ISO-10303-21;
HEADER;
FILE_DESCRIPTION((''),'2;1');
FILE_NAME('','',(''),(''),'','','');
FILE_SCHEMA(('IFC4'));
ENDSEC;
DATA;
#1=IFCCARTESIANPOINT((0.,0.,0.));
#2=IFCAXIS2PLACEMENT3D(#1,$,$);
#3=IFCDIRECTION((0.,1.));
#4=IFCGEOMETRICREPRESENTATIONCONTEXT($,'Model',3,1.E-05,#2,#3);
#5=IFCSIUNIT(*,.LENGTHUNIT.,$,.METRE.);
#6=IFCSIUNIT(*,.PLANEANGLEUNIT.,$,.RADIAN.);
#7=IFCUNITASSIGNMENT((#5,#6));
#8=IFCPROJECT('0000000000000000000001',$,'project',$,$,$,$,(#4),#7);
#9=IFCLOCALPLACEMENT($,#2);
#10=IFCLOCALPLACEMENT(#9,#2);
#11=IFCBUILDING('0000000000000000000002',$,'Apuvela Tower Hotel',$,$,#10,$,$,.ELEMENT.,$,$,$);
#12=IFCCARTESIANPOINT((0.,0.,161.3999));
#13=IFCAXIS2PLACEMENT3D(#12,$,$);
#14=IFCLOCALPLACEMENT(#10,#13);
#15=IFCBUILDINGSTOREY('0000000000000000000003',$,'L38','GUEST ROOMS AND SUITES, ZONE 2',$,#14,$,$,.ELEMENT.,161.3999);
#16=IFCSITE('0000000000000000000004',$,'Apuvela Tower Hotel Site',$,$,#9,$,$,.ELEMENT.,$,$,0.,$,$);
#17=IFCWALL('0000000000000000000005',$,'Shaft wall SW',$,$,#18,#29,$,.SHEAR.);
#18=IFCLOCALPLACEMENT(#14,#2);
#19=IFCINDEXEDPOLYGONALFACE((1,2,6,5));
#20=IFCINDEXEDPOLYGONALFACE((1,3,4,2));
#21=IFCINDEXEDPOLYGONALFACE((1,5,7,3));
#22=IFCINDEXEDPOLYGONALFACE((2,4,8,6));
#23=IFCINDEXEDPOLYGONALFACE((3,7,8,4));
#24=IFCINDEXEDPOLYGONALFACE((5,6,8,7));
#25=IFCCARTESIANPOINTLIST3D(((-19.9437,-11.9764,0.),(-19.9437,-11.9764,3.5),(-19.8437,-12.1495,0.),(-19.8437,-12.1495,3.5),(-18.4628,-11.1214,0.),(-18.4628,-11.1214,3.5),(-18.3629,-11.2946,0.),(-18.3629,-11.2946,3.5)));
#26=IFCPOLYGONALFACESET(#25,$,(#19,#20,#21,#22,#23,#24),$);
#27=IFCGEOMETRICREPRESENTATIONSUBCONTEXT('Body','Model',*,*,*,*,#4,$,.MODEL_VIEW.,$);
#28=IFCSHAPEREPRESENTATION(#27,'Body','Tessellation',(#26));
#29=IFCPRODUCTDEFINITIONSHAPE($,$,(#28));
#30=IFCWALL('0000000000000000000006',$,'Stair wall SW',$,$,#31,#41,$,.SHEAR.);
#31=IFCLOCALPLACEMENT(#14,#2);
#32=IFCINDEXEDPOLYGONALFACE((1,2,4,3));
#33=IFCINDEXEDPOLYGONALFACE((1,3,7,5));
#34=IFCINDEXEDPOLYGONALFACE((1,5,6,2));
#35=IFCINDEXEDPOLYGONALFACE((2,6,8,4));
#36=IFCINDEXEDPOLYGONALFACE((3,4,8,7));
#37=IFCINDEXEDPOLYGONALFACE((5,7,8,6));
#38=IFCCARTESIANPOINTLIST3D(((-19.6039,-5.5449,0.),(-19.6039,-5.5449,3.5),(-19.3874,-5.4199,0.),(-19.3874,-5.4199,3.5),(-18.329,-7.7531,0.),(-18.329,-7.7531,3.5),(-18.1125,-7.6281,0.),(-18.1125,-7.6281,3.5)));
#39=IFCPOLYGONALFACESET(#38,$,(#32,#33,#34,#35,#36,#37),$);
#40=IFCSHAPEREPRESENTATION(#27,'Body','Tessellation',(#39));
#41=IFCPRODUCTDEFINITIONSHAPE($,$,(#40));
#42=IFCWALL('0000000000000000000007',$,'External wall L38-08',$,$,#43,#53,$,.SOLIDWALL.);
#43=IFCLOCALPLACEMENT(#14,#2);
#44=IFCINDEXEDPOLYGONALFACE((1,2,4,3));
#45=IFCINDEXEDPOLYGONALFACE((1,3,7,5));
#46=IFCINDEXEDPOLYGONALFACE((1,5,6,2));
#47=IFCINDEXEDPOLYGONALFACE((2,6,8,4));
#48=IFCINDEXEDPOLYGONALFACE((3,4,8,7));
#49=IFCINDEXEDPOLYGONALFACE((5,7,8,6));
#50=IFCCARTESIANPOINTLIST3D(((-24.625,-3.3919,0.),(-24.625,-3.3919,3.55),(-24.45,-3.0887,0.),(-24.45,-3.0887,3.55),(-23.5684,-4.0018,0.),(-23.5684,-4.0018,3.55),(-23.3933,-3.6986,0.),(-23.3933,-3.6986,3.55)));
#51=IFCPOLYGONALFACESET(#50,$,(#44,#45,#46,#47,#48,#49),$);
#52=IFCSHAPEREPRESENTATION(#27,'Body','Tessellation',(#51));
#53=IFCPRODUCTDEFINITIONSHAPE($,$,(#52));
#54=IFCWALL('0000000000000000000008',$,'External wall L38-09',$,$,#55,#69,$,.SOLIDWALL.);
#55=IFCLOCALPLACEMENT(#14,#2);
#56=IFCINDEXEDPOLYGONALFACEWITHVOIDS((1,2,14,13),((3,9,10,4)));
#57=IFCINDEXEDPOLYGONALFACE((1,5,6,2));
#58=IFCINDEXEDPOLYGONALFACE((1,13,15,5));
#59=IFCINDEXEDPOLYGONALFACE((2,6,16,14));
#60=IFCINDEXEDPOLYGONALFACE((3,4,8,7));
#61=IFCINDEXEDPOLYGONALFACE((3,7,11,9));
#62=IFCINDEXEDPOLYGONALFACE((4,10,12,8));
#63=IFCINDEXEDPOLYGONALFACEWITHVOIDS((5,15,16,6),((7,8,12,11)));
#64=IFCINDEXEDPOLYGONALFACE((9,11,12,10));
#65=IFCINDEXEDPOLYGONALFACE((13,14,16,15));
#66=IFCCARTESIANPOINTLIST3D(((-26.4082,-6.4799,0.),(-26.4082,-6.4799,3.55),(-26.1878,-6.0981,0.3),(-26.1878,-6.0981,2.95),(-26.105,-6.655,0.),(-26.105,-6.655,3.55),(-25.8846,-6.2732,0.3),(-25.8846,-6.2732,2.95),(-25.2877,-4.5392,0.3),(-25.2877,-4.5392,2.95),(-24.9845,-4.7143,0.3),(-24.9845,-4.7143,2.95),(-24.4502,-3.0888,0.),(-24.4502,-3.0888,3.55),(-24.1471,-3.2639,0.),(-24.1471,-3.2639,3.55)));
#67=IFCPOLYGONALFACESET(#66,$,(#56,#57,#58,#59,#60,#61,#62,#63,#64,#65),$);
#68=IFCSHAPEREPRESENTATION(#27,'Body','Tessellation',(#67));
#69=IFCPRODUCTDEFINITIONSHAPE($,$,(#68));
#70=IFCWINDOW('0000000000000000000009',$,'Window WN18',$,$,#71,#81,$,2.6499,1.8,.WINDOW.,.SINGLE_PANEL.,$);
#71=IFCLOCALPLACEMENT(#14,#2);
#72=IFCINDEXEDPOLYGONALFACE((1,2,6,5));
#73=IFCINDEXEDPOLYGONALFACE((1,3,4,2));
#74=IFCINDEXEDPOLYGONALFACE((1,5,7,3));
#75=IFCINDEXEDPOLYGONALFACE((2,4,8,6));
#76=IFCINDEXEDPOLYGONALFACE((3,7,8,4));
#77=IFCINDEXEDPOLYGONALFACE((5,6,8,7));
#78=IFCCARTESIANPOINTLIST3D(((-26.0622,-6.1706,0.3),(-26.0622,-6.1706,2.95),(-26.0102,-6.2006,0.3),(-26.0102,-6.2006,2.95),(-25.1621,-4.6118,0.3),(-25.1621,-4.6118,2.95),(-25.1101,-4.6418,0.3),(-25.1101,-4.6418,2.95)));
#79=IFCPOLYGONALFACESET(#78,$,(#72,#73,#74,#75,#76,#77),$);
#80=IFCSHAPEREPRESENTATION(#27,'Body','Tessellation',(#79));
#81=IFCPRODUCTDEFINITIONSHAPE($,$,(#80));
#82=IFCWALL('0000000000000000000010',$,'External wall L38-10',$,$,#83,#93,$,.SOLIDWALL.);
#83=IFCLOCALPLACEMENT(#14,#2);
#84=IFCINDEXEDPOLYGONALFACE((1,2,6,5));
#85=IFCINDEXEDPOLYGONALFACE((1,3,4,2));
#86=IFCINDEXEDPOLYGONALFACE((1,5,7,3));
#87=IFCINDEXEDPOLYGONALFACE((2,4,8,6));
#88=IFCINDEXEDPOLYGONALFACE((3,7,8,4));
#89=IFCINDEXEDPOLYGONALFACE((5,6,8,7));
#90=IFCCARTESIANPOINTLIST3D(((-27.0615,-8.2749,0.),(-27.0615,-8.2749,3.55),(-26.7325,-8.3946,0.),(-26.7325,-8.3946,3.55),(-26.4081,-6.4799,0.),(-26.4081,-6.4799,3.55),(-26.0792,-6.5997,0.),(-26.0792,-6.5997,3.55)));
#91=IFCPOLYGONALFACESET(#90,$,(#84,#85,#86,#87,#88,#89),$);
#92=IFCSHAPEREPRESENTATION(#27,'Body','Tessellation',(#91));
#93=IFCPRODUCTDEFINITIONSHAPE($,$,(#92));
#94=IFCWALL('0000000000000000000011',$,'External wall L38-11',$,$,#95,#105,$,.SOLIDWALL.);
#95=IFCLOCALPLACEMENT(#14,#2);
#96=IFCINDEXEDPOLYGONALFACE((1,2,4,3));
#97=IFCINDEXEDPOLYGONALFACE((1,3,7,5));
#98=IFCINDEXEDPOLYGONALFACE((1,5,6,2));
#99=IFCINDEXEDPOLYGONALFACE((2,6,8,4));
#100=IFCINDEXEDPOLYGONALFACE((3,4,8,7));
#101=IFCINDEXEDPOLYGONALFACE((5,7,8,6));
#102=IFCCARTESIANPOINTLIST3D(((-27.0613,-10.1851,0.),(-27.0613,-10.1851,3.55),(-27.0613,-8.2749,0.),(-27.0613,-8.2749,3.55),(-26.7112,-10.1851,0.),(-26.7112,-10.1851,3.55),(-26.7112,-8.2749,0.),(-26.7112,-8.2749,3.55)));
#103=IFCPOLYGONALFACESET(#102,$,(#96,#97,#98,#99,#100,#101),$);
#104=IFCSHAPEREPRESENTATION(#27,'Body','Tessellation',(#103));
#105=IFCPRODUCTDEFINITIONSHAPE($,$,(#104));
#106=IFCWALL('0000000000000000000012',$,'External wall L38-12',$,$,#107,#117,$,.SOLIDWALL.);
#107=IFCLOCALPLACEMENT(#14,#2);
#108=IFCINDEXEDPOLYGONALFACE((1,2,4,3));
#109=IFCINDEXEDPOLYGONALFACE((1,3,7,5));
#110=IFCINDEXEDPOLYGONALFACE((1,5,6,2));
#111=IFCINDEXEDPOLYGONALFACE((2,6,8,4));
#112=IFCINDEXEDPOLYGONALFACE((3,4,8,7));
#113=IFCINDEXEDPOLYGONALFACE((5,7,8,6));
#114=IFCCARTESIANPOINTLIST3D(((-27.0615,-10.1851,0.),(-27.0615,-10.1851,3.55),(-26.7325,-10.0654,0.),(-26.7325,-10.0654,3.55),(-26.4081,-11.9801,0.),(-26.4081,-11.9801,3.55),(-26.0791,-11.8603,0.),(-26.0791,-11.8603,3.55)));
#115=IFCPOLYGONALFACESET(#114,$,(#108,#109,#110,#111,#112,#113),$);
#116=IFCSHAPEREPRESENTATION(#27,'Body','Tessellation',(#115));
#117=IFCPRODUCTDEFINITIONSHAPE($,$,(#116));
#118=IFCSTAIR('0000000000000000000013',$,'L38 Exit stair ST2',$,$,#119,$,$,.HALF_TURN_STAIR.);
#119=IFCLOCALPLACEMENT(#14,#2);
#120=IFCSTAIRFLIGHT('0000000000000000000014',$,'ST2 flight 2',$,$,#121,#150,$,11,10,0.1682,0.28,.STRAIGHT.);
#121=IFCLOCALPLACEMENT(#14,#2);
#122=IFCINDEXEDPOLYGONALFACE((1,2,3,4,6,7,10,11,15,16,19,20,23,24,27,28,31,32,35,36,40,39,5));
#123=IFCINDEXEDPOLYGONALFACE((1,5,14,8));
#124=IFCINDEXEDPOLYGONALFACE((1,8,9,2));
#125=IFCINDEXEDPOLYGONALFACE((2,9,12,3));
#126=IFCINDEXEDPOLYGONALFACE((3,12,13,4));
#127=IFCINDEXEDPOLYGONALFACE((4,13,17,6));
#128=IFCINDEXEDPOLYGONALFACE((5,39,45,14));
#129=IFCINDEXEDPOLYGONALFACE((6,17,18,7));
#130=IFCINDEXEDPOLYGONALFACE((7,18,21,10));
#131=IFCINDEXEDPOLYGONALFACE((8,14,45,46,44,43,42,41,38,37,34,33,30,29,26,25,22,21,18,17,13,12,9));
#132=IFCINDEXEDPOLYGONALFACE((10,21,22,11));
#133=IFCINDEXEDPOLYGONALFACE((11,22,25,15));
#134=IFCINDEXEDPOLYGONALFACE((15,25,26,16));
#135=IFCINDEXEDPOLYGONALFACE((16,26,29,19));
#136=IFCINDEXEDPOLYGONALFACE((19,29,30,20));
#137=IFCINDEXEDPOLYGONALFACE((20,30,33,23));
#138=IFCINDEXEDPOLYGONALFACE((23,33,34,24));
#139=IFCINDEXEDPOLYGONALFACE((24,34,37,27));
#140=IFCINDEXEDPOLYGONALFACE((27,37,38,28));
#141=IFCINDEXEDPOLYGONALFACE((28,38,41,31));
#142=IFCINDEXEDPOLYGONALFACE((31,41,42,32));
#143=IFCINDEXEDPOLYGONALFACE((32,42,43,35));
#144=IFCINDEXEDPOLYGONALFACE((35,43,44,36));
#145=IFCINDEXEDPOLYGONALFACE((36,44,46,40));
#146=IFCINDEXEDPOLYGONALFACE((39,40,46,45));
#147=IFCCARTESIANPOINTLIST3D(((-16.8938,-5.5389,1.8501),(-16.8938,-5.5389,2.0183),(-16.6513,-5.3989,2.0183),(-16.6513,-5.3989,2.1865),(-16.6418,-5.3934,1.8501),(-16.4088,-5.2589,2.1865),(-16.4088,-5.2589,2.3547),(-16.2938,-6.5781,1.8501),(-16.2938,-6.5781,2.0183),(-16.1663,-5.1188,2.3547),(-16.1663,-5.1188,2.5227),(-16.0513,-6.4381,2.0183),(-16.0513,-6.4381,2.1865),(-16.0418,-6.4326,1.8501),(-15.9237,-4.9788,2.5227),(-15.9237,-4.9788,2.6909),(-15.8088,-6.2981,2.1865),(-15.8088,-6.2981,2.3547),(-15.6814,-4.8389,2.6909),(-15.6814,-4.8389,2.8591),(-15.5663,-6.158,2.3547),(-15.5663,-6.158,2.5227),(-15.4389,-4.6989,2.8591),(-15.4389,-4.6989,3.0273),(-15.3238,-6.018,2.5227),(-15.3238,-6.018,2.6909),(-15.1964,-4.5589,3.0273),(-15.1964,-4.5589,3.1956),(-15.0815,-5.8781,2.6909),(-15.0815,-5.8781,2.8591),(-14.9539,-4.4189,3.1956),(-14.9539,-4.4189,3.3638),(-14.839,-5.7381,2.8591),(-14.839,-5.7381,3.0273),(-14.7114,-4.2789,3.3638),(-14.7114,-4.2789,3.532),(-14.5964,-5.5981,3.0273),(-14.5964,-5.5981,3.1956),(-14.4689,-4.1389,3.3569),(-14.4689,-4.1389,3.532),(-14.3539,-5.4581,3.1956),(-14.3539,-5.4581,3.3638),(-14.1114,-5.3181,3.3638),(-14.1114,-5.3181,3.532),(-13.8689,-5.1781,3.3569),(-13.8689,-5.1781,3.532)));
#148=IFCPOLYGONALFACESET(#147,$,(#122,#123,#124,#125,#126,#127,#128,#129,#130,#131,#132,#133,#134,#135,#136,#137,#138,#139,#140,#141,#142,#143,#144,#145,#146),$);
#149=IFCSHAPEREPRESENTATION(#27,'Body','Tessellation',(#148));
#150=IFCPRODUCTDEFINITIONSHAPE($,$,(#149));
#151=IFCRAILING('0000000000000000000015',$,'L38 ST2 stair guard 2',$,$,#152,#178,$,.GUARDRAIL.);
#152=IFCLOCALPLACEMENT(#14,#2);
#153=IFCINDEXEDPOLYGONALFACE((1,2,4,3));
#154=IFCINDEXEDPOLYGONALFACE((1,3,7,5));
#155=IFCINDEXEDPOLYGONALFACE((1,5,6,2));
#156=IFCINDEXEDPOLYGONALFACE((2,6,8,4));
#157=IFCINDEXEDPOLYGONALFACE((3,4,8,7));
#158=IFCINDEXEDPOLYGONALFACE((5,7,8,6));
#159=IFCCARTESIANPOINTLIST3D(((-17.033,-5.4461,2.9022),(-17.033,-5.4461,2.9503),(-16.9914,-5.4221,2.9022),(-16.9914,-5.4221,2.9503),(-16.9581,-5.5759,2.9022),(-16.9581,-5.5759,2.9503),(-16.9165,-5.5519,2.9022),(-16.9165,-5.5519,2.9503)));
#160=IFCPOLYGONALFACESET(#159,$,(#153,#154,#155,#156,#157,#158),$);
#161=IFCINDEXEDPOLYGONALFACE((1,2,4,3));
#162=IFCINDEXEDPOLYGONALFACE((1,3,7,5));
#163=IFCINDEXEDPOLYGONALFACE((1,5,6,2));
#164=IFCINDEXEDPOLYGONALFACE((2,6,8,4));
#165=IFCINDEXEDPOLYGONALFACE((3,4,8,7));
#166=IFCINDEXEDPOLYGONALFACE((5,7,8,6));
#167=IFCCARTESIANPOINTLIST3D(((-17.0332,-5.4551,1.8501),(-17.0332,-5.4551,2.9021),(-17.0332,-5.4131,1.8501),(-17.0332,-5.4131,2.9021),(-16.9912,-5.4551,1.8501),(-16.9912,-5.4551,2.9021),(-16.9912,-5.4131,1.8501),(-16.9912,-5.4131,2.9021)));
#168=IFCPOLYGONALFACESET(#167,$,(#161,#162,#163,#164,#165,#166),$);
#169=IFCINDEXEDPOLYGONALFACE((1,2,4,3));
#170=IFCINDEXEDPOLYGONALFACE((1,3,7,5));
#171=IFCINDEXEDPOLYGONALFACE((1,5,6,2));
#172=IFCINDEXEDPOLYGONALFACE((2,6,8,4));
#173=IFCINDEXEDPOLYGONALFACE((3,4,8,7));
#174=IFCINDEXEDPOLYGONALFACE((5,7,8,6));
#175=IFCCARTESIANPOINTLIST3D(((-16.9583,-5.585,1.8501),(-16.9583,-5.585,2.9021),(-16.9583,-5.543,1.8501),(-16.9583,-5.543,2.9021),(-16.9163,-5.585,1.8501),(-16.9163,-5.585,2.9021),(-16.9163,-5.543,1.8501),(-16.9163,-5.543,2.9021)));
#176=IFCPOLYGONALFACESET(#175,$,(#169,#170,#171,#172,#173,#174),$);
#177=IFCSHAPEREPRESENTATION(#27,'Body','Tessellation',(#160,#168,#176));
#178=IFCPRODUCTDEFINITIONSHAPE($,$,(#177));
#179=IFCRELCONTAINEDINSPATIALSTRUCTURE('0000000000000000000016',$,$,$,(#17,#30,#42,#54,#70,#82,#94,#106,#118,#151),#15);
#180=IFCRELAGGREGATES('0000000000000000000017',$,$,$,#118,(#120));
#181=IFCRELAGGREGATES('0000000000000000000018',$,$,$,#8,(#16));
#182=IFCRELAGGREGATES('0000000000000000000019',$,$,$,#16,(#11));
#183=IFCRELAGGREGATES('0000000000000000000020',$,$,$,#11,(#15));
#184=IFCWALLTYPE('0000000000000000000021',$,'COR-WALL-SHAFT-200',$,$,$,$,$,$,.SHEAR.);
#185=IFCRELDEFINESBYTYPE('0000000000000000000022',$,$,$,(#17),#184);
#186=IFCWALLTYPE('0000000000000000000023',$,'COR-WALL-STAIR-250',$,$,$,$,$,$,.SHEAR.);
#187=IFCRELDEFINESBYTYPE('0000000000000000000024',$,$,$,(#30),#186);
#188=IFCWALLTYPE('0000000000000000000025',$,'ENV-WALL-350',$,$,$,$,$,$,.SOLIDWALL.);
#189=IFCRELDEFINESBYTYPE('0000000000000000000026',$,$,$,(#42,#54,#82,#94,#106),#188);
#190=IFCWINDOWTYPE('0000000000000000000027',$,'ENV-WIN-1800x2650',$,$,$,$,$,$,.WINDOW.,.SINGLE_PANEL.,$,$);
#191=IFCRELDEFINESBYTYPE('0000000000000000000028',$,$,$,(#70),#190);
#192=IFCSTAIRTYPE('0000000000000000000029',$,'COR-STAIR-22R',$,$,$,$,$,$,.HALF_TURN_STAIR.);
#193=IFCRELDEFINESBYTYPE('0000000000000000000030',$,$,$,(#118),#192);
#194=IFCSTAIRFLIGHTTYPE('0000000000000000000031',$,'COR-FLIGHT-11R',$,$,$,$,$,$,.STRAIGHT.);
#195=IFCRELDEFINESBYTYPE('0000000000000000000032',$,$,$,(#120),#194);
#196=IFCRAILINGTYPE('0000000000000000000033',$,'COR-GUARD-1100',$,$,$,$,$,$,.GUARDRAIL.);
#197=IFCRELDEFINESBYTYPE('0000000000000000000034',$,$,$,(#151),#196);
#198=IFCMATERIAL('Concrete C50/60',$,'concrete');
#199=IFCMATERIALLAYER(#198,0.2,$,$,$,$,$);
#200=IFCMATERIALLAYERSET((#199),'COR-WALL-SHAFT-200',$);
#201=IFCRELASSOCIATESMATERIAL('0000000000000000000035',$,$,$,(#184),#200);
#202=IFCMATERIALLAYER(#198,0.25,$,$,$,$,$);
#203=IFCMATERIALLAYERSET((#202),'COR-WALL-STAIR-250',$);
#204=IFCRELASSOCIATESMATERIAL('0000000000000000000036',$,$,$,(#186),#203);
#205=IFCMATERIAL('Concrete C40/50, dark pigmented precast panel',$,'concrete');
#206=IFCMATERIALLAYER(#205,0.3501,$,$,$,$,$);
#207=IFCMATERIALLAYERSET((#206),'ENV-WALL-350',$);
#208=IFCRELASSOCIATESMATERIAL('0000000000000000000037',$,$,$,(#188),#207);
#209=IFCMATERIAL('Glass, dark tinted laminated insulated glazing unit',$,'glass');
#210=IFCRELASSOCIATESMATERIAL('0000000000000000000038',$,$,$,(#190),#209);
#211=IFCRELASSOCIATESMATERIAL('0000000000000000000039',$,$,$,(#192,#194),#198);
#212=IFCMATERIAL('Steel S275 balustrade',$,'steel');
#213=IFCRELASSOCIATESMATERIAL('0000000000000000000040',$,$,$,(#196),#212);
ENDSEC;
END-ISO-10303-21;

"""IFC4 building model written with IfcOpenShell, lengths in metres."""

from ifc_helpers import new_model, si_unit, direction, frame, frame_2d, origin, origin_2d, place, context, subcontext, project, spatial, polyline, rectangle, outline, extrude, material, layer, layer_set, type_object, element, fill, aggregate, save


model = new_model("IFC4")

# Units and contexts
model_context = context("Model", 3, precision=1e-05, world=origin(), true_north=direction((0.0, 1.0)))
body_context = subcontext(model_context, "Body", "Model", "MODEL_VIEW")
ifc_project = project(units=[si_unit("LENGTHUNIT", "METRE"), si_unit("PLANEANGLEUNIT", "RADIAN")], contexts=[model_context])

# Site, building, storey
site_placement = place(None, origin())
site = spatial("IfcSite", under=ifc_project, at=site_placement, Name="Apuvela Tower Hotel Site", CompositionType="ELEMENT", RefElevation=0.0)
building_placement = place(site_placement, origin())
building = spatial("IfcBuilding", under=site, at=building_placement, Name="Apuvela Tower Hotel", CompositionType="ELEMENT")
storey_placement = place(building_placement, frame((0.0, 0.0, 161.3999)))
storey = spatial("IfcBuildingStorey", under=building, at=storey_placement, Name="L38", Description="GUEST ROOMS AND SUITES, ZONE 2", CompositionType="ELEMENT", Elevation=161.3999)

# Walls
ifc_material_1 = material(Name="Concrete C50/60", Category="concrete")
ifc_layer_1 = layer(ifc_material_1, 0.2)
ifc_layer_set_1 = layer_set([ifc_layer_1], Name="COR-WALL-SHAFT-200")
wall_type_1 = type_object("IfcWallType", Name="COR-WALL-SHAFT-200", PredefinedType="SHEAR", material=ifc_layer_set_1)
wall_1_placement = place(storey_placement, frame((-18.4128, -11.208, 0.0), z_axis=(0.0, 0.0, 1.0), x_axis=(-0.866038, -0.499978, 0.0)))
element("IfcWall", 1, at=wall_1_placement, inside=storey, type_object=wall_type_1, Name="Shaft wall SW", PredefinedType="SHEAR", context=body_context, shape_type="SweptSolid", body=[
    extrude(rectangle(XDim=1.71, YDim=0.2, at=frame_2d((0.855, 0.0))), origin(), (0.0, 0.0, 1.0), 3.5),
])
ifc_layer_2 = layer(ifc_material_1, 0.25)
ifc_layer_set_2 = layer_set([ifc_layer_2], Name="COR-WALL-STAIR-250")
wall_type_2 = type_object("IfcWallType", Name="COR-WALL-STAIR-250", PredefinedType="SHEAR", material=ifc_layer_set_2)
wall_2_placement = place(storey_placement, frame((-19.4956, -5.4824, 0.0), z_axis=(0.0, 0.0, 1.0), x_axis=(0.49999, -0.866031, 0.0)))
element("IfcWall", 2, at=wall_2_placement, inside=storey, type_object=wall_type_2, Name="Stair wall SW", PredefinedType="SHEAR", context=body_context, shape_type="SweptSolid", body=[
    extrude(rectangle(XDim=2.5498, YDim=0.25, at=frame_2d((1.2749, 0.0))), origin(), (0.0, 0.0, 1.0), 3.5),
])
ifc_material_2 = material(Name="Concrete C40/50, dark pigmented precast panel", Category="concrete")
ifc_layer_3 = layer(ifc_material_2, 0.3501)
ifc_layer_set_3 = layer_set([ifc_layer_3], Name="ENV-WALL-350")
wall_type_3 = type_object("IfcWallType", Name="ENV-WALL-350", PredefinedType="SOLIDWALL", material=ifc_layer_set_3)
wall_3_placement = place(storey_placement, frame((-23.481, -3.8501, 0.0), z_axis=(0.0, 0.0, 1.0), x_axis=(-0.866092, 0.499884, 0.0)))
element("IfcWall", 3, at=wall_3_placement, inside=storey, type_object=wall_type_3, Name="External wall L38-08", PredefinedType="SOLIDWALL", context=body_context, shape_type="SweptSolid", body=[
    extrude(rectangle(XDim=1.22, YDim=0.3501, at=frame_2d((0.6099, 0.0))), origin(), (0.0, 0.0, 1.0), 3.55),
])

# Wall, opening, window
wall_4_placement = place(storey_placement, frame((-24.2986, -3.1763, 0.0), z_axis=(0.0, 0.0, 1.0), x_axis=(-0.500028, -0.866009, 0.0)))
wall_4 = element("IfcWall", 4, at=wall_4_placement, inside=storey, type_object=wall_type_3, Name="External wall L38-09", PredefinedType="SOLIDWALL", context=body_context, shape_type="SweptSolid", body=[
    extrude(rectangle(XDim=3.9158, YDim=0.3501, at=frame_2d((1.958, 0.0))), origin(), (0.0, 0.0, 1.0), 3.55),
])
opening_1_placement = place(wall_4_placement, frame((1.675, 0.0, 0.3)))
opening_1 = element("IfcOpeningElement", 5, at=opening_1_placement, cuts=wall_4, PredefinedType="OPENING", context=body_context, shape_type="SweptSolid", body=[
    extrude(rectangle(XDim=1.8, YDim=2.6499, at=frame_2d((0.8999, 1.325))), frame((0.0, 0.1851, 0.0), z_axis=(0.0, -1.0, 0.0), x_axis=(1.0, 0.0, 0.0)), (0.0, 0.0, 1.0), 0.3701),
])
ifc_material_3 = material(Name="Glass, dark tinted laminated insulated glazing unit", Category="glass")
window_type = type_object("IfcWindowType", Name="ENV-WIN-1800x2650", PartitioningType="SINGLE_PANEL", PredefinedType="WINDOW", material=ifc_material_3)
window_placement = place(opening_1_placement, origin())
window = element("IfcWindow", 6, at=window_placement, inside=storey, type_object=window_type, Name="Window WN18", OverallHeight=2.6499, OverallWidth=1.8, PartitioningType="SINGLE_PANEL", PredefinedType="WINDOW", context=body_context, shape_type="SweptSolid", body=[
    extrude(rectangle(XDim=1.8, YDim=2.6499, at=frame_2d((0.8999, 1.325))), frame((0.0, 0.03, 0.0), z_axis=(0.0, -1.0, 0.0), x_axis=(1.0, 0.0, 0.0)), (0.0, 0.0, 1.0), 0.0601),
])
fill(opening_1, window)

# Walls
for number, where, z_axis, x_axis, name in (
    (7, (-26.2437, -6.5398, 0.0), (0.0, 0.0, 1.0), (-0.34203, -0.939689, 0.0), "External wall L38-10"),
    (8, (-26.8862, -8.2749, 0.0), (0.0, 0.0, 1.0), (0.0, -1.0, 0.0), "External wall L38-11"),
    (9, (-26.897, -10.1252, 0.0), (0.0, 0.0, 1.0), (0.34203, -0.939689, 0.0), "External wall L38-12"),
):
    element("IfcWall", number, at=place(storey_placement, frame(where, z_axis=z_axis, x_axis=x_axis)), inside=storey, type_object=wall_type_3, Name=name, PredefinedType="SOLIDWALL", context=body_context, shape_type="SweptSolid", body=[
        extrude(rectangle(XDim=1.9102, YDim=0.3501, at=frame_2d((0.9551, 0.0))), origin(), (0.0, 0.0, 1.0), 3.55),
    ])

# Stair, stair flight
stair_type = type_object("IfcStairType", Name="COR-STAIR-22R", PredefinedType="HALF_TURN_STAIR", material=ifc_material_1)
stair_placement = place(storey_placement, origin())
stair = element("IfcStair", 10, at=stair_placement, inside=storey, type_object=stair_type, Name="L38 Exit stair ST2", PredefinedType="HALF_TURN_STAIR")
stair_flight_type = type_object("IfcStairFlightType", Name="COR-FLIGHT-11R", PredefinedType="STRAIGHT", material=ifc_material_1)
stair_flight_placement = place(storey_placement, frame((-16.5938, -6.0586, 1.8501), z_axis=(0.0, 0.0, 1.0), x_axis=(0.866025, 0.5, 0.0)))
stair_flight = element("IfcStairFlight", 11, at=stair_flight_placement, type_object=stair_flight_type, Name="ST2 flight 2", NumberOfRisers=11, NumberOfTreads=10, PredefinedType="STRAIGHT", RiserHeight=0.1682, TreadLength=0.28, context=body_context, shape_type="SweptSolid", body=[
    extrude(outline(polyline([(0.0, 0.0), (0.0, 0.1682), (0.28, 0.1682), (0.28, 0.3364), (0.5601, 0.3364), (0.5601, 0.5046), (0.8401, 0.5046), (0.8401, 0.6726), (1.1201, 0.6726), (1.1201, 0.8408), (1.3999, 0.8408), (1.3999, 1.009), (1.6799, 1.009), (1.6799, 1.1772), (1.96, 1.1772), (1.96, 1.3455), (2.24, 1.3455), (2.24, 1.5137), (2.52, 1.5137), (2.52, 1.6819), (2.8, 1.6819), (2.8, 1.8501), (2.8, 1.5068), (0.291, 0.0), (0.0, 0.0)])), frame((0.0, 0.6001, 0.0), z_axis=(0.0, -1.0, 0.0), x_axis=(1.0, 0.0, 0.0)), (0.0, 0.0, 1.0), 1.2),
])
aggregate(stair, [stair_flight])

# Railing
ifc_material_4 = material(Name="Steel S275 balustrade", Category="steel")
railing_type_1 = type_object("IfcRailingType", Name="COR-GUARD-1100", PredefinedType="GUARDRAIL", material=ifc_material_4)
railing_1_placement = place(storey_placement, frame((-17.0122, -5.4341, 1.8501)))
element("IfcRailing", 12, at=railing_1_placement, inside=storey, type_object=railing_type_1, Name="L38 ST2 stair guard 2", PredefinedType="GUARDRAIL", context=body_context, shape_type="SweptSolid", body=[
    extrude(rectangle(XDim=0.0481, YDim=0.0481, at=origin_2d()), frame((0.0, 0.0, 1.0762), z_axis=(0.499816, -0.866131, 0.0), x_axis=(0.866131, 0.499816, 0.0)), (0.0, 0.0, 1.0), 0.1499),
    extrude(rectangle(XDim=0.042, YDim=0.042, at=origin_2d()), origin(), (0.0, 0.0, 1.0), 1.052),
    extrude(rectangle(XDim=0.042, YDim=0.042, at=origin_2d()), frame((0.075, -0.1299, 0.0)), (0.0, 0.0, 1.0), 1.052),
])

save(model, "model.ifc")
